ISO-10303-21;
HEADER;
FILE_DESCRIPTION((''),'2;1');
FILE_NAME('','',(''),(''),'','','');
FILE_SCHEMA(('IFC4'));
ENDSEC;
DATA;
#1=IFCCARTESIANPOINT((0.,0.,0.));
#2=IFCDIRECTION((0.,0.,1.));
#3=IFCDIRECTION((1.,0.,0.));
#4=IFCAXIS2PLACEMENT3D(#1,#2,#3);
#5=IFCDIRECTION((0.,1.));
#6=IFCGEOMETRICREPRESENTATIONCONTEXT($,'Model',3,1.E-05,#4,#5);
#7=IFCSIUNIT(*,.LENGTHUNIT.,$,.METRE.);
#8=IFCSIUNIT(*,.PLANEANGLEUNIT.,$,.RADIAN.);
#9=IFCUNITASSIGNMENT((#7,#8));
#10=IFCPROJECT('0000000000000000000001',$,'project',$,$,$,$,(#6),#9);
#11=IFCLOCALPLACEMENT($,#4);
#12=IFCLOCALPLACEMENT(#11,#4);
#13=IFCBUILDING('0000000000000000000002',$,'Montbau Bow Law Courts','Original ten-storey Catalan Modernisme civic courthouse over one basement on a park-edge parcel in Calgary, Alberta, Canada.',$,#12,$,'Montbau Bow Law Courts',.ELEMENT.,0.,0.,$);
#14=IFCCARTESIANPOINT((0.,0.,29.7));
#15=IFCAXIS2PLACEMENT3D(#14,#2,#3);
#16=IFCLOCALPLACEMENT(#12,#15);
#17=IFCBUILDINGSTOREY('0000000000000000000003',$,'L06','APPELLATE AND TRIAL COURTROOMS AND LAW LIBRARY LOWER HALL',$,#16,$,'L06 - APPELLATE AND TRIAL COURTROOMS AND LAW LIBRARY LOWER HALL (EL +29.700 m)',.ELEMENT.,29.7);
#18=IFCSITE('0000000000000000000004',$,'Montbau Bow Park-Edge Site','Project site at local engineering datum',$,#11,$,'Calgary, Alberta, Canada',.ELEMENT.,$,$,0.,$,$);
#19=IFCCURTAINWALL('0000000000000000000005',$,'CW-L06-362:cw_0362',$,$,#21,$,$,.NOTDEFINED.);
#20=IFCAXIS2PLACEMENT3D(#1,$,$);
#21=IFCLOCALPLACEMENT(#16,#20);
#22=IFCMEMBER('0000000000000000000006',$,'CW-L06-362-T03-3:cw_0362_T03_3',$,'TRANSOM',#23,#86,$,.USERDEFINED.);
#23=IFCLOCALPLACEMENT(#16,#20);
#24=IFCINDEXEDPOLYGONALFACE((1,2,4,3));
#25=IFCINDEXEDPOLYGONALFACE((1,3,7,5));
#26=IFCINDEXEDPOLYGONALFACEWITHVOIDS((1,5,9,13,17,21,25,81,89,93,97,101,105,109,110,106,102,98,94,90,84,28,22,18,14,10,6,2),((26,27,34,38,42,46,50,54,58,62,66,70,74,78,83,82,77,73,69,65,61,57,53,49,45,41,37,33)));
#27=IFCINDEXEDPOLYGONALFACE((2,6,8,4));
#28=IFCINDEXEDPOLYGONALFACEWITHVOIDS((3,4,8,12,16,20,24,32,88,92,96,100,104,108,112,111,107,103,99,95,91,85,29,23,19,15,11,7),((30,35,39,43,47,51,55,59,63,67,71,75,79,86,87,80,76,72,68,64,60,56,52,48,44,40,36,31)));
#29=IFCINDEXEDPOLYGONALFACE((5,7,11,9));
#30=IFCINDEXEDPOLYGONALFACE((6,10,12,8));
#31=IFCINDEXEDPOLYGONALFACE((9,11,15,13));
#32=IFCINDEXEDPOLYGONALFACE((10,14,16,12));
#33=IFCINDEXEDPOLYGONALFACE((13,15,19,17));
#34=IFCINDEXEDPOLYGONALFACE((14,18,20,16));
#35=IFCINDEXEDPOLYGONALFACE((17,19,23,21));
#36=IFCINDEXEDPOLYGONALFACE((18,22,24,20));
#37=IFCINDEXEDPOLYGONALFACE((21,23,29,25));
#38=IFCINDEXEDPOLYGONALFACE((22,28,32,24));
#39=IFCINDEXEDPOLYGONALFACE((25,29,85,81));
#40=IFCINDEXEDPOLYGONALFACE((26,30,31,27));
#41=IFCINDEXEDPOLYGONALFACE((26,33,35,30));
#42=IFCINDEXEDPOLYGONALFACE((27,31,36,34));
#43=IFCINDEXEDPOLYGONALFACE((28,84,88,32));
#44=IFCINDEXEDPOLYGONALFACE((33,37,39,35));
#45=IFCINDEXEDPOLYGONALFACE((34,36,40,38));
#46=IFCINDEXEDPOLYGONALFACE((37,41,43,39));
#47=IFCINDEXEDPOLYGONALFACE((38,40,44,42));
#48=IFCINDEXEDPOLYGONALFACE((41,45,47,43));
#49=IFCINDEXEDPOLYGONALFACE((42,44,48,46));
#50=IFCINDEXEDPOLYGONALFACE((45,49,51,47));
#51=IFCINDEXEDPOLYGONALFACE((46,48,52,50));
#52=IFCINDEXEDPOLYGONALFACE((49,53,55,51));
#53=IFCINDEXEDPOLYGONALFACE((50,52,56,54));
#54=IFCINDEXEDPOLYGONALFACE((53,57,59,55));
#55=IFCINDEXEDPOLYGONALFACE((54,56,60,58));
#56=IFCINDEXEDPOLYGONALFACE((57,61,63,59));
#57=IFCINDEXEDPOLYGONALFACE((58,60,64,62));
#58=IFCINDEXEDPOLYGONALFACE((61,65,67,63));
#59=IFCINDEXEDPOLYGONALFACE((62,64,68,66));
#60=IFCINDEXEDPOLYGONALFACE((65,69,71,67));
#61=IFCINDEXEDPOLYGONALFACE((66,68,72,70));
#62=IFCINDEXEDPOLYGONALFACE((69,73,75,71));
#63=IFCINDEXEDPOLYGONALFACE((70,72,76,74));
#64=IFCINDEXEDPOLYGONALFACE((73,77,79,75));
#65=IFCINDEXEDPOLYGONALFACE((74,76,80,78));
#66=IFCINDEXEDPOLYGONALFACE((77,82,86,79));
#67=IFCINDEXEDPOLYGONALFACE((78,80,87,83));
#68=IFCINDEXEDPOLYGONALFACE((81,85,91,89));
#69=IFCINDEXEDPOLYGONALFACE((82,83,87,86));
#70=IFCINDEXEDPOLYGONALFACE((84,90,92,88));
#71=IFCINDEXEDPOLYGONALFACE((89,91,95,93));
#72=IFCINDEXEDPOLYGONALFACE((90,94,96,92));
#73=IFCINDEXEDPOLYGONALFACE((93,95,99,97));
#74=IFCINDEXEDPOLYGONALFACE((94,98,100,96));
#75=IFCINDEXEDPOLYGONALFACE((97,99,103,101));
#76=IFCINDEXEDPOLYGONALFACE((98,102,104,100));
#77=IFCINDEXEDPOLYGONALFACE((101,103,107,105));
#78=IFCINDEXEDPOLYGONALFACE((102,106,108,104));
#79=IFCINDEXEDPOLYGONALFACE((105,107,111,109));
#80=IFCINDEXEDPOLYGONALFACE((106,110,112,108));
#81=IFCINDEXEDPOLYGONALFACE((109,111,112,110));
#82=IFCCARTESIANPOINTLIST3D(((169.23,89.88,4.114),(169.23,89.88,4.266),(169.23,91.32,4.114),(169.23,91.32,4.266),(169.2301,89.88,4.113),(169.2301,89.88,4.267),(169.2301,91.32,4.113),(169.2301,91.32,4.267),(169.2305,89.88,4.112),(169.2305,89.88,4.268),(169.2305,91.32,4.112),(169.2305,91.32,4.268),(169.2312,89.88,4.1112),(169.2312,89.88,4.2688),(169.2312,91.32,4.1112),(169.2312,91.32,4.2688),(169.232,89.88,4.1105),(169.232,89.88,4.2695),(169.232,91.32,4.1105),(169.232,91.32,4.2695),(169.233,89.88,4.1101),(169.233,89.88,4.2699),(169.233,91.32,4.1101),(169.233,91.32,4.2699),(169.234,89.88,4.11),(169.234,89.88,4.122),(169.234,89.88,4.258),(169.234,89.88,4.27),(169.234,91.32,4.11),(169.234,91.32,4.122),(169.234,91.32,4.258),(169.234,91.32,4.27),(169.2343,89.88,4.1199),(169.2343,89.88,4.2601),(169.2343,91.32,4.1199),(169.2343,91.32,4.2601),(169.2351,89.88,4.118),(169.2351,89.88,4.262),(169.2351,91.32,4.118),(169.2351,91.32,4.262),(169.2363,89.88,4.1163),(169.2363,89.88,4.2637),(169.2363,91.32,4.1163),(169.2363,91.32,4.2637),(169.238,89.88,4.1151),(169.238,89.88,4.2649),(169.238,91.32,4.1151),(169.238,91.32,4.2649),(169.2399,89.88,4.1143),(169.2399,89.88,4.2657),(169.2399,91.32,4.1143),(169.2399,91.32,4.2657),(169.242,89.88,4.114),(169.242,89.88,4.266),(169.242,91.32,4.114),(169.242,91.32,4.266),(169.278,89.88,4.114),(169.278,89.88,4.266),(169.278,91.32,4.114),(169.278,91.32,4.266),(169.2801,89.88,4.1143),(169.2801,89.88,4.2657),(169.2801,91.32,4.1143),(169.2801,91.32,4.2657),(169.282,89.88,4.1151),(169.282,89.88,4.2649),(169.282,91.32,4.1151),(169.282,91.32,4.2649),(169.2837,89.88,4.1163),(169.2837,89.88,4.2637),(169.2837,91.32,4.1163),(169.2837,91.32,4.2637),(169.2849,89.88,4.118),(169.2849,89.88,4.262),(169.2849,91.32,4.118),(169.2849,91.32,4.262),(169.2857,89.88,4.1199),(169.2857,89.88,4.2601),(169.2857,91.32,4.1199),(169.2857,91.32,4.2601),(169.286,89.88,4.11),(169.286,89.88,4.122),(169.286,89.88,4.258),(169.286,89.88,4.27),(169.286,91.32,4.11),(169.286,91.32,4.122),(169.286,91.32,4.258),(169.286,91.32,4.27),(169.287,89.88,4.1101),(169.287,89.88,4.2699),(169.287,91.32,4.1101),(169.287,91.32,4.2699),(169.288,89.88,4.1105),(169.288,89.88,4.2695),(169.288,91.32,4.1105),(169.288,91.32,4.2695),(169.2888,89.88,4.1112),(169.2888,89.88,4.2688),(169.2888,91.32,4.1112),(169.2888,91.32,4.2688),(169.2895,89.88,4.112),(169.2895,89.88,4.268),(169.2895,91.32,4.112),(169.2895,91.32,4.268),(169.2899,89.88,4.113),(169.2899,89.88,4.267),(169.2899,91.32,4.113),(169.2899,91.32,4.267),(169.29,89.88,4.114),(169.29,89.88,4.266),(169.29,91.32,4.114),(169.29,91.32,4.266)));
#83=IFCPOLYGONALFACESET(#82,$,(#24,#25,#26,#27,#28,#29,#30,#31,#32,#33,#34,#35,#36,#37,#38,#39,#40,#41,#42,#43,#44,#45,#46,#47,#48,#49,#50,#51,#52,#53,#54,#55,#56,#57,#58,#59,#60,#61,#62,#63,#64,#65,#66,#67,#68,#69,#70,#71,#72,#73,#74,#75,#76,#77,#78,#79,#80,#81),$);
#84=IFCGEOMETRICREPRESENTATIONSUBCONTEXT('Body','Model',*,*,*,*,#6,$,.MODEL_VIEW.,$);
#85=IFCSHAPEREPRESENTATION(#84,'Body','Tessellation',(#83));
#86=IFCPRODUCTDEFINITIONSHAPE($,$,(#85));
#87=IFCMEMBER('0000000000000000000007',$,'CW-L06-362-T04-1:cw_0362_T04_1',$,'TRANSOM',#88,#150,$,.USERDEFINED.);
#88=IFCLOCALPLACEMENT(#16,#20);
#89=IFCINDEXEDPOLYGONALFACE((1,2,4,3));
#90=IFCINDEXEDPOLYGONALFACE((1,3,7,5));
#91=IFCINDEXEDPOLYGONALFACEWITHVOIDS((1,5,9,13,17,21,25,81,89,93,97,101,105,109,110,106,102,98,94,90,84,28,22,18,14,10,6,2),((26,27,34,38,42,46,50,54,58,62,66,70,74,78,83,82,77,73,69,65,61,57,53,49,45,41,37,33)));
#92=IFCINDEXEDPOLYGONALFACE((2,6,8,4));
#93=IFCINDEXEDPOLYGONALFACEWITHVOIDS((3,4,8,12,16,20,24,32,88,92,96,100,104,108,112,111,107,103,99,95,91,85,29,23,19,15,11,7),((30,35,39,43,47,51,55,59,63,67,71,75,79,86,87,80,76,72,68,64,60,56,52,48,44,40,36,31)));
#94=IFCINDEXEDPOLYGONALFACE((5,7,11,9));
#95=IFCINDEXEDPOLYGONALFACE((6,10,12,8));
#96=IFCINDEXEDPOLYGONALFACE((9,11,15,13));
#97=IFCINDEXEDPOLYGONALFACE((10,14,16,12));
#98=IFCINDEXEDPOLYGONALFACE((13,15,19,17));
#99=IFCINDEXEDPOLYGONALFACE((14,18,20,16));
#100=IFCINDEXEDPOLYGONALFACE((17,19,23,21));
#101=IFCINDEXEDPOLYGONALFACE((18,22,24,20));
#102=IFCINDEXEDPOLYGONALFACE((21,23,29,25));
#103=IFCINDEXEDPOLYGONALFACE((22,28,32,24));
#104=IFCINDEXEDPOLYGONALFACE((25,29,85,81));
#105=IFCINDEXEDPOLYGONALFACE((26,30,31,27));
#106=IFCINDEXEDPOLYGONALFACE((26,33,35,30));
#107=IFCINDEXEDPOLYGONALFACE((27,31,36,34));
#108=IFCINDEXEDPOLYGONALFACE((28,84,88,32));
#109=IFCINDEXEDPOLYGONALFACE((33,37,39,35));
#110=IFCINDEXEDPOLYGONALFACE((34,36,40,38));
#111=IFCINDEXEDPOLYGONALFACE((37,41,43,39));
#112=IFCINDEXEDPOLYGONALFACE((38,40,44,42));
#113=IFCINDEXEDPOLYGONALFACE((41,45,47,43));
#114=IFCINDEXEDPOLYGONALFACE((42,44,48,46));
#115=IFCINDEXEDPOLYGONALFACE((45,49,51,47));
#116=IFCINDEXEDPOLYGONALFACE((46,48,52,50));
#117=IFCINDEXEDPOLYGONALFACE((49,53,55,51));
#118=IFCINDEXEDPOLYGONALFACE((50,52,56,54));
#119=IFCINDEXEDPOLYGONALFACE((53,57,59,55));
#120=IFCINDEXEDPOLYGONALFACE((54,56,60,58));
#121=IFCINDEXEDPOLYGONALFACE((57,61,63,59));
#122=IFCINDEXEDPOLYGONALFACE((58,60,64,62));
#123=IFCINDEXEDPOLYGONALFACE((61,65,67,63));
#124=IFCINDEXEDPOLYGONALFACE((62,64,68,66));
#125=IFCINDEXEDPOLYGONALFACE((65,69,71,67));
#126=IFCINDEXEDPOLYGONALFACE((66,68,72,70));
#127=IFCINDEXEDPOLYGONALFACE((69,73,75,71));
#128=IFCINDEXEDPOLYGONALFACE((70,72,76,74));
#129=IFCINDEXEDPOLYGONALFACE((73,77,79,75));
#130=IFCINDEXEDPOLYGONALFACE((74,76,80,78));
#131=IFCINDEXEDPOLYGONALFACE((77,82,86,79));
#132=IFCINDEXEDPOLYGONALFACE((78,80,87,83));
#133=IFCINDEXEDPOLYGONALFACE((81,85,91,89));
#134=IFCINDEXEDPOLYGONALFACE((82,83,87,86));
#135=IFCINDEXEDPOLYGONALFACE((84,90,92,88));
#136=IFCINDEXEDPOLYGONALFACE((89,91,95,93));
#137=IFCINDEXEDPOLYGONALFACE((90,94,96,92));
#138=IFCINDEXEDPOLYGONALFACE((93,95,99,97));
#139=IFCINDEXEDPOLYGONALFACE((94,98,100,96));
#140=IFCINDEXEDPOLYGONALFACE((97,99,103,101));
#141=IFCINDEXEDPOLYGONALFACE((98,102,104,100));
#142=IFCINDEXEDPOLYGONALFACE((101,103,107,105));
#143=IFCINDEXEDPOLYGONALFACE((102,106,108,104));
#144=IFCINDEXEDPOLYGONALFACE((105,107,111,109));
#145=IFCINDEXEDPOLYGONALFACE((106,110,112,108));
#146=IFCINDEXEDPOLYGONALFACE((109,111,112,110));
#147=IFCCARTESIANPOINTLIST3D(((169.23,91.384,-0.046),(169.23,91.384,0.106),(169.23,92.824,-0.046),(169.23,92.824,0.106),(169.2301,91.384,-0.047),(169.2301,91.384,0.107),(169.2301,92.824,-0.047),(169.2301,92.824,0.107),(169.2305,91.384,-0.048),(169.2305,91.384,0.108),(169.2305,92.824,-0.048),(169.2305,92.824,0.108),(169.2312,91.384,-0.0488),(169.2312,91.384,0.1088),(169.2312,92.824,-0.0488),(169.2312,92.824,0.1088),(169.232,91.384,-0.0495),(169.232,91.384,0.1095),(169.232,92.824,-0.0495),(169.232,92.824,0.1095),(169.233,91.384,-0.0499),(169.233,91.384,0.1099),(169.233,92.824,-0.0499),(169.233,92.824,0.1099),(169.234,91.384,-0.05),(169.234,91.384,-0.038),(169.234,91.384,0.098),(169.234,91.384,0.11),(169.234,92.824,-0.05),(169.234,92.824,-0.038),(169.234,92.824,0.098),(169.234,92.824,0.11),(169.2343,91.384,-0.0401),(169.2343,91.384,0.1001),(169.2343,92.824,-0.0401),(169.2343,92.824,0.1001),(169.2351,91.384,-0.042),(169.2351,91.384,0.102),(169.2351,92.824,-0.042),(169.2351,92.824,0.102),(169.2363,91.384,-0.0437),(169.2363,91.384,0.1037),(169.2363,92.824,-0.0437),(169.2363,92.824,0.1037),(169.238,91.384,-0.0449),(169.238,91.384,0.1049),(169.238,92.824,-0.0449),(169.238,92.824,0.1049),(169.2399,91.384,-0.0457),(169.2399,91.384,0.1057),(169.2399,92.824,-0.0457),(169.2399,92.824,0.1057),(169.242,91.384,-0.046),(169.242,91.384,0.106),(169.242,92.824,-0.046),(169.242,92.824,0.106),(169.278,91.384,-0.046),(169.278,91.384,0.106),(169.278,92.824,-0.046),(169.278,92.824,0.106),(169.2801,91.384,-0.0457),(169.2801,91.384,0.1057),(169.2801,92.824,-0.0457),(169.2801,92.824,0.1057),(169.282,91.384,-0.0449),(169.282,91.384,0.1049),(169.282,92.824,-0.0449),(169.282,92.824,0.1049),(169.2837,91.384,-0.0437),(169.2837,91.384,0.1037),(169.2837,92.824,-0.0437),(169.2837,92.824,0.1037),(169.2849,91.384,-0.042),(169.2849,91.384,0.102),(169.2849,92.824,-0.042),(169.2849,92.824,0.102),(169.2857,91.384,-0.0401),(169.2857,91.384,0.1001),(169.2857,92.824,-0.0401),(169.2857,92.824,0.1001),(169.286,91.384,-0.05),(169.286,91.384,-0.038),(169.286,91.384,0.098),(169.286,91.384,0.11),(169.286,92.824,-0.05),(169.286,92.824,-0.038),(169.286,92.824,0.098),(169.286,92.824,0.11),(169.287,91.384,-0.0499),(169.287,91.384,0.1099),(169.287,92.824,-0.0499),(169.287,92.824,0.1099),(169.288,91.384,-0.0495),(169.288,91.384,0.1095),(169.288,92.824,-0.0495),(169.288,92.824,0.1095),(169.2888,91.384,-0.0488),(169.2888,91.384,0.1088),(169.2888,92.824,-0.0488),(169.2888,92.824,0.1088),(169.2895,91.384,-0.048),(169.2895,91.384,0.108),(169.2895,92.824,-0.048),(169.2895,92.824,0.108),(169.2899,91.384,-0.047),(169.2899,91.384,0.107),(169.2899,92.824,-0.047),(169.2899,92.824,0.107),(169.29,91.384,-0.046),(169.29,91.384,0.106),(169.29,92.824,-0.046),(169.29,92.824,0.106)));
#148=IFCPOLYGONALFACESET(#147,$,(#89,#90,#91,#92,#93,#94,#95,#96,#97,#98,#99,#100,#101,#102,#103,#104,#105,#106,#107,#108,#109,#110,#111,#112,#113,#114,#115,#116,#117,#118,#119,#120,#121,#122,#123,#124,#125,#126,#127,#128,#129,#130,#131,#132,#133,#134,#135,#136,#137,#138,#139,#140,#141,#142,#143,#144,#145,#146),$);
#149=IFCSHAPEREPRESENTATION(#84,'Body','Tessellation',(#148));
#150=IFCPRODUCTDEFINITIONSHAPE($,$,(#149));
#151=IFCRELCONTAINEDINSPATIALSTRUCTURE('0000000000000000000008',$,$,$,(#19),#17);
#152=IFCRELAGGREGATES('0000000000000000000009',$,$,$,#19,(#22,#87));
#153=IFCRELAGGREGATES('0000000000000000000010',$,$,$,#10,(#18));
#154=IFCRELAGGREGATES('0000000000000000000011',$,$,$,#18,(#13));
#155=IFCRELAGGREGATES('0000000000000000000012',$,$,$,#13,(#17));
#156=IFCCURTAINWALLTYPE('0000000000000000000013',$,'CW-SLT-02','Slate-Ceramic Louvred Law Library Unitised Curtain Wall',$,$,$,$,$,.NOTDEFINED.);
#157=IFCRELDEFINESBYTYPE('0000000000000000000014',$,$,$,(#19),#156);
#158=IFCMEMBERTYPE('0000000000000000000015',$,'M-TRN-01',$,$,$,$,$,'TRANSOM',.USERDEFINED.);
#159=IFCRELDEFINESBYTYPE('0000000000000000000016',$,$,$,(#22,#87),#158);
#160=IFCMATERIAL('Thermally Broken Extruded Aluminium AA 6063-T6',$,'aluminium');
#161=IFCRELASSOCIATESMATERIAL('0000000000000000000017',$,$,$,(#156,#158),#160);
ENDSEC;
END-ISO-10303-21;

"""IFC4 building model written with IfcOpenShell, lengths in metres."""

from ifc_helpers import new_model, si_unit, direction, frame, origin_with_axes, origin_2d_with_axis, place, context, subcontext, project, spatial, hollow_rectangle, extrude, material, material_profile, profile_set, type_object, element, aggregate, save


model = new_model("IFC4")

# Units and contexts
model_context = context("Model", 3, precision=1e-05, world=origin_with_axes(), true_north=direction((0.0, 1.0)))
body_context = subcontext(model_context, "Body", "Model", "MODEL_VIEW")
ifc_project = project(units=[si_unit("LENGTHUNIT", "METRE"), si_unit("PLANEANGLEUNIT", "RADIAN")], contexts=[model_context])

# Site, building, storey
site_placement = place(None, origin_with_axes())
site = spatial("IfcSite", under=ifc_project, at=site_placement, Name="Montbau Bow Park-Edge Site", Description="Project site at local engineering datum", LongName="Calgary, Alberta, Canada", CompositionType="ELEMENT", RefElevation=0.0)
building_placement = place(site_placement, origin_with_axes())
building = spatial("IfcBuilding", under=site, at=building_placement, Name="Montbau Bow Law Courts", Description="Original ten-storey Catalan Modernisme civic courthouse over one basement on a park-edge parcel in Calgary, Alberta, Canada.", LongName="Montbau Bow Law Courts", CompositionType="ELEMENT", ElevationOfRefHeight=0.0, ElevationOfTerrain=0.0)
storey_placement = place(building_placement, frame((0.0, 0.0, 29.7), z_axis=(0.0, 0.0, 1.0), x_axis=(1.0, 0.0, 0.0)))
storey = spatial("IfcBuildingStorey", under=building, at=storey_placement, Name="L06", Description="APPELLATE AND TRIAL COURTROOMS AND LAW LIBRARY LOWER HALL", LongName="L06 - APPELLATE AND TRIAL COURTROOMS AND LAW LIBRARY LOWER HALL (EL +29.700 m)", CompositionType="ELEMENT", Elevation=29.7)

# Curtain wall, members
ifc_material_1 = material(Name="Thermally Broken Extruded Aluminium AA 6063-T6", Category="aluminium")
curtain_wall_type = type_object("IfcCurtainWallType", Name="CW-SLT-02", Description="Slate-Ceramic Louvred Law Library Unitised Curtain Wall", PredefinedType="NOTDEFINED", material=ifc_material_1)
curtain_wall_placement = place(None, frame((169.26, 86.84, 29.7), z_axis=(0.0, 0.0, 1.0), x_axis=(1.0, 0.0, 0.0)))
curtain_wall = element("IfcCurtainWall", 1, at=curtain_wall_placement, inside=storey, type_object=curtain_wall_type, Name="CW-L06-362:cw_0362", PredefinedType="NOTDEFINED")
ifc_material_profile_1 = material_profile(ifc_material_1, hollow_rectangle(XDim=0.06, YDim=0.16, WallThickness=0.004, InnerFilletRadius=0.008, OuterFilletRadius=0.004, at=origin_2d_with_axis()), Name="CWT-160X60", Category="Main", Priority=0)
ifc_profile_set_1 = profile_set([ifc_material_profile_1], Name="Thermally Broken Extruded Aluminium AA 6063-T6")
member_type_1 = type_object("IfcMemberType", Name="M-TRN-01", ElementType="TRANSOM", PredefinedType="USERDEFINED", material=ifc_profile_set_1)
member_1_placement = place(None, frame((169.26, 89.88, 33.89), z_axis=(0.0, 1.0, 0.0), x_axis=(-1.0, 0.0, 0.0)))
member_1 = element("IfcMember", 2, at=member_1_placement, type_object=member_type_1, Name="CW-L06-362-T03-3:cw_0362_T03_3", ObjectType="TRANSOM", PredefinedType="USERDEFINED", context=body_context, shape_type="SweptSolid", body=[
    extrude(hollow_rectangle(XDim=0.06, YDim=0.16, WallThickness=0.004, InnerFilletRadius=0.008, OuterFilletRadius=0.004, at=origin_2d_with_axis()), origin_with_axes(), (0.0, 0.0, 1.0), 1.44),
])
member_2_placement = place(None, frame((169.26, 91.384, 29.73), z_axis=(0.0, 1.0, 0.0), x_axis=(-1.0, 0.0, 0.0)))
member_2 = element("IfcMember", 3, at=member_2_placement, type_object=member_type_1, Name="CW-L06-362-T04-1:cw_0362_T04_1", ObjectType="TRANSOM", PredefinedType="USERDEFINED", context=body_context, shape_type="SweptSolid", body=[
    extrude(hollow_rectangle(XDim=0.06, YDim=0.16, WallThickness=0.004, InnerFilletRadius=0.008, OuterFilletRadius=0.004, at=origin_2d_with_axis()), origin_with_axes(), (0.0, 0.0, 1.0), 1.44),
])
aggregate(curtain_wall, [member_1, member_2])

save(model, "model.ifc")
